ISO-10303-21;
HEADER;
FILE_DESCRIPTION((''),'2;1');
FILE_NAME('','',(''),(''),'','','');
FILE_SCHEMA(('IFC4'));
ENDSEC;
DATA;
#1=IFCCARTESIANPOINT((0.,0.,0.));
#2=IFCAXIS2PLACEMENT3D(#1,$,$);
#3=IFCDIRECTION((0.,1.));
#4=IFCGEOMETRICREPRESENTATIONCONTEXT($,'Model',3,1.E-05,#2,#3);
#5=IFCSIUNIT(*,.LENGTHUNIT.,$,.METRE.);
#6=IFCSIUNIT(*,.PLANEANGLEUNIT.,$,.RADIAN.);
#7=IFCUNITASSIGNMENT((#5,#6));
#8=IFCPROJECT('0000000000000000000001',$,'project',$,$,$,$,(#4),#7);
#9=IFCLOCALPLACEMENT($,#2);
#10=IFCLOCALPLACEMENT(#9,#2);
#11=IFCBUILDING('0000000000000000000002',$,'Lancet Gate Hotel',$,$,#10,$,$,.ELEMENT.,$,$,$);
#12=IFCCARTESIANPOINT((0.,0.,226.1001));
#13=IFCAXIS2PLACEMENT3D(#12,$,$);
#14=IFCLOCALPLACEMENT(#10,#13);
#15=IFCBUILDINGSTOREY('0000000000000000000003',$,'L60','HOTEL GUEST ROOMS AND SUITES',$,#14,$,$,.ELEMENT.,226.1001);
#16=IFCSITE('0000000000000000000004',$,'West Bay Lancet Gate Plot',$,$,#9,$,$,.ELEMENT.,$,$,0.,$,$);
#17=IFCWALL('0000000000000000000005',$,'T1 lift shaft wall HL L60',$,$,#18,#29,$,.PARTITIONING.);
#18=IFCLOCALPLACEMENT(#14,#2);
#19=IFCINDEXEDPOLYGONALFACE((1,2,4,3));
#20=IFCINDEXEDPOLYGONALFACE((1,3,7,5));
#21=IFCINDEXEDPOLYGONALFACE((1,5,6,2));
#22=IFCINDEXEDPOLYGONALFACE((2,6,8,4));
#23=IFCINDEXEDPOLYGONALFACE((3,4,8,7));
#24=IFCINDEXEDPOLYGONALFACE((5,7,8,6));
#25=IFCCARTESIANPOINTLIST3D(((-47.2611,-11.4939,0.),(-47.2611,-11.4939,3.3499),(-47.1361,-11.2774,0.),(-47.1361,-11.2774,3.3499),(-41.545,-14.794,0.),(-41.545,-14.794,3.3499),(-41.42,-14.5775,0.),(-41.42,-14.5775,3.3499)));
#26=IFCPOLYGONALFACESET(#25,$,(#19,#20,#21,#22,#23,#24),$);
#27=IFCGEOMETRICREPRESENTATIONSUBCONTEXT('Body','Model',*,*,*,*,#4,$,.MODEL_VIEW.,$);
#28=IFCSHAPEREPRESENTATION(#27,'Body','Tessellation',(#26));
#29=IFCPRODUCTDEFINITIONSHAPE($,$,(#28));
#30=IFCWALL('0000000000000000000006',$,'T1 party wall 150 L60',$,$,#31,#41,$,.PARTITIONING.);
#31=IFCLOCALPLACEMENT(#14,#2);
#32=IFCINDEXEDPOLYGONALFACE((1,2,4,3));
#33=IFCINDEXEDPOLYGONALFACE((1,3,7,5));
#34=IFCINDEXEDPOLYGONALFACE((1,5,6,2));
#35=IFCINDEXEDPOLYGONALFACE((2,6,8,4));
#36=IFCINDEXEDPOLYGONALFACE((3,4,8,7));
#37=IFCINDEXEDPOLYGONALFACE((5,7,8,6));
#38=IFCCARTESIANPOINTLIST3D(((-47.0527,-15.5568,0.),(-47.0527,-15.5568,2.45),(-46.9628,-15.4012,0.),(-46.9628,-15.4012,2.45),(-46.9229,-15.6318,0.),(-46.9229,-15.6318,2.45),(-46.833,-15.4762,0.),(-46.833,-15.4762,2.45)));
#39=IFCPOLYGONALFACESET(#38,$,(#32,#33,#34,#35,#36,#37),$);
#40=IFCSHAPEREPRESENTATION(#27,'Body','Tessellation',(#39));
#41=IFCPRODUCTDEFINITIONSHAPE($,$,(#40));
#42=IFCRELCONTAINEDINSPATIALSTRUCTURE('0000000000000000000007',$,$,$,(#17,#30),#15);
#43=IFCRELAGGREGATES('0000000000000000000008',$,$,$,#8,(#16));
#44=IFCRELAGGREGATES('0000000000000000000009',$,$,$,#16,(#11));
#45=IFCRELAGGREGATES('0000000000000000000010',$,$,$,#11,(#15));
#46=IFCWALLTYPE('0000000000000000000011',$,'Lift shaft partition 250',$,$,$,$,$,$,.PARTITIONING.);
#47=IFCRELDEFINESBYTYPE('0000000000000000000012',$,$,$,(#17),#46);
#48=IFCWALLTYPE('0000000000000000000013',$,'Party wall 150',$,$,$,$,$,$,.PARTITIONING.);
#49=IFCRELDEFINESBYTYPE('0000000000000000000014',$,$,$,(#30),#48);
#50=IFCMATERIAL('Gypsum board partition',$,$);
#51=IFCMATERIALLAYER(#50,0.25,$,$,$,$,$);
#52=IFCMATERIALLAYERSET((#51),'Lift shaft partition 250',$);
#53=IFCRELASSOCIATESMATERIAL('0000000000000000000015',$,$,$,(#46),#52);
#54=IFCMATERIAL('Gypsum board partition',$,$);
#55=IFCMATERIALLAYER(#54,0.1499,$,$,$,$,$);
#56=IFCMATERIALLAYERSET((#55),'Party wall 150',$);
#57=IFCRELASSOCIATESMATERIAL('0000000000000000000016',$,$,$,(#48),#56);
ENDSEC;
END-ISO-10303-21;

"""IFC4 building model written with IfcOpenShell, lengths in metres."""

from ifc_helpers import new_model, si_unit, direction, frame, frame_2d, origin, place, context, subcontext, project, spatial, rectangle, extrude, material, layer, layer_set, type_object, element, save


model = new_model("IFC4")

# Units and contexts
model_context = context("Model", 3, precision=1e-05, world=origin(), true_north=direction((0.0, 1.0)))
body_context = subcontext(model_context, "Body", "Model", "MODEL_VIEW")
ifc_project = project(units=[si_unit("LENGTHUNIT", "METRE"), si_unit("PLANEANGLEUNIT", "RADIAN")], contexts=[model_context])

# Site, building, storey
site_placement = place(None, origin())
site = spatial("IfcSite", under=ifc_project, at=site_placement, Name="West Bay Lancet Gate Plot", CompositionType="ELEMENT", RefElevation=0.0)
building_placement = place(site_placement, origin())
building = spatial("IfcBuilding", under=site, at=building_placement, Name="Lancet Gate Hotel", CompositionType="ELEMENT")
storey_placement = place(building_placement, frame((0.0, 0.0, 226.1001)))
storey = spatial("IfcBuildingStorey", under=building, at=storey_placement, Name="L60", Description="HOTEL GUEST ROOMS AND SUITES", CompositionType="ELEMENT", Elevation=226.1001)

# Walls
ifc_material_1 = material(Name="Gypsum board partition")
ifc_layer_1 = layer(ifc_material_1, 0.25)
ifc_layer_set_1 = layer_set([ifc_layer_1], Name="Lift shaft partition 250")
wall_type_1 = type_object("IfcWallType", Name="Lift shaft partition 250", PredefinedType="PARTITIONING", material=ifc_layer_set_1)
wall_1_placement = place(storey_placement, frame((-41.4824, -14.6858, 0.0), z_axis=(0.0, 0.0, 1.0), x_axis=(-0.866033, 0.499986, 0.0)))
element("IfcWall", 1, at=wall_1_placement, inside=storey, type_object=wall_type_1, Name="T1 lift shaft wall HL L60", PredefinedType="PARTITIONING", context=body_context, shape_type="SweptSolid", body=[
    extrude(rectangle(XDim=6.6003, YDim=0.25, at=frame_2d((3.3003, 0.0))), origin(), (0.0, 0.0, 1.0), 3.3499),
])
ifc_material_2 = material(Name="Gypsum board partition")
ifc_layer_2 = layer(ifc_material_2, 0.1499)
ifc_layer_set_2 = layer_set([ifc_layer_2], Name="Party wall 150")
wall_type_2 = type_object("IfcWallType", Name="Party wall 150", PredefinedType="PARTITIONING", material=ifc_layer_set_2)
wall_2_placement = place(storey_placement, frame((-46.8979, -15.4387, 0.0), z_axis=(0.0, 0.0, 1.0), x_axis=(-0.500232, -0.865891, 0.0)))
element("IfcWall", 2, at=wall_2_placement, inside=storey, type_object=wall_type_2, Name="T1 party wall 150 L60", PredefinedType="PARTITIONING", context=body_context, shape_type="SweptSolid", body=[
    extrude(rectangle(XDim=0.1797, YDim=0.1499, at=frame_2d((0.0898, 0.0))), origin(), (0.0, 0.0, 1.0), 2.45),
])

save(model, "model.ifc")
